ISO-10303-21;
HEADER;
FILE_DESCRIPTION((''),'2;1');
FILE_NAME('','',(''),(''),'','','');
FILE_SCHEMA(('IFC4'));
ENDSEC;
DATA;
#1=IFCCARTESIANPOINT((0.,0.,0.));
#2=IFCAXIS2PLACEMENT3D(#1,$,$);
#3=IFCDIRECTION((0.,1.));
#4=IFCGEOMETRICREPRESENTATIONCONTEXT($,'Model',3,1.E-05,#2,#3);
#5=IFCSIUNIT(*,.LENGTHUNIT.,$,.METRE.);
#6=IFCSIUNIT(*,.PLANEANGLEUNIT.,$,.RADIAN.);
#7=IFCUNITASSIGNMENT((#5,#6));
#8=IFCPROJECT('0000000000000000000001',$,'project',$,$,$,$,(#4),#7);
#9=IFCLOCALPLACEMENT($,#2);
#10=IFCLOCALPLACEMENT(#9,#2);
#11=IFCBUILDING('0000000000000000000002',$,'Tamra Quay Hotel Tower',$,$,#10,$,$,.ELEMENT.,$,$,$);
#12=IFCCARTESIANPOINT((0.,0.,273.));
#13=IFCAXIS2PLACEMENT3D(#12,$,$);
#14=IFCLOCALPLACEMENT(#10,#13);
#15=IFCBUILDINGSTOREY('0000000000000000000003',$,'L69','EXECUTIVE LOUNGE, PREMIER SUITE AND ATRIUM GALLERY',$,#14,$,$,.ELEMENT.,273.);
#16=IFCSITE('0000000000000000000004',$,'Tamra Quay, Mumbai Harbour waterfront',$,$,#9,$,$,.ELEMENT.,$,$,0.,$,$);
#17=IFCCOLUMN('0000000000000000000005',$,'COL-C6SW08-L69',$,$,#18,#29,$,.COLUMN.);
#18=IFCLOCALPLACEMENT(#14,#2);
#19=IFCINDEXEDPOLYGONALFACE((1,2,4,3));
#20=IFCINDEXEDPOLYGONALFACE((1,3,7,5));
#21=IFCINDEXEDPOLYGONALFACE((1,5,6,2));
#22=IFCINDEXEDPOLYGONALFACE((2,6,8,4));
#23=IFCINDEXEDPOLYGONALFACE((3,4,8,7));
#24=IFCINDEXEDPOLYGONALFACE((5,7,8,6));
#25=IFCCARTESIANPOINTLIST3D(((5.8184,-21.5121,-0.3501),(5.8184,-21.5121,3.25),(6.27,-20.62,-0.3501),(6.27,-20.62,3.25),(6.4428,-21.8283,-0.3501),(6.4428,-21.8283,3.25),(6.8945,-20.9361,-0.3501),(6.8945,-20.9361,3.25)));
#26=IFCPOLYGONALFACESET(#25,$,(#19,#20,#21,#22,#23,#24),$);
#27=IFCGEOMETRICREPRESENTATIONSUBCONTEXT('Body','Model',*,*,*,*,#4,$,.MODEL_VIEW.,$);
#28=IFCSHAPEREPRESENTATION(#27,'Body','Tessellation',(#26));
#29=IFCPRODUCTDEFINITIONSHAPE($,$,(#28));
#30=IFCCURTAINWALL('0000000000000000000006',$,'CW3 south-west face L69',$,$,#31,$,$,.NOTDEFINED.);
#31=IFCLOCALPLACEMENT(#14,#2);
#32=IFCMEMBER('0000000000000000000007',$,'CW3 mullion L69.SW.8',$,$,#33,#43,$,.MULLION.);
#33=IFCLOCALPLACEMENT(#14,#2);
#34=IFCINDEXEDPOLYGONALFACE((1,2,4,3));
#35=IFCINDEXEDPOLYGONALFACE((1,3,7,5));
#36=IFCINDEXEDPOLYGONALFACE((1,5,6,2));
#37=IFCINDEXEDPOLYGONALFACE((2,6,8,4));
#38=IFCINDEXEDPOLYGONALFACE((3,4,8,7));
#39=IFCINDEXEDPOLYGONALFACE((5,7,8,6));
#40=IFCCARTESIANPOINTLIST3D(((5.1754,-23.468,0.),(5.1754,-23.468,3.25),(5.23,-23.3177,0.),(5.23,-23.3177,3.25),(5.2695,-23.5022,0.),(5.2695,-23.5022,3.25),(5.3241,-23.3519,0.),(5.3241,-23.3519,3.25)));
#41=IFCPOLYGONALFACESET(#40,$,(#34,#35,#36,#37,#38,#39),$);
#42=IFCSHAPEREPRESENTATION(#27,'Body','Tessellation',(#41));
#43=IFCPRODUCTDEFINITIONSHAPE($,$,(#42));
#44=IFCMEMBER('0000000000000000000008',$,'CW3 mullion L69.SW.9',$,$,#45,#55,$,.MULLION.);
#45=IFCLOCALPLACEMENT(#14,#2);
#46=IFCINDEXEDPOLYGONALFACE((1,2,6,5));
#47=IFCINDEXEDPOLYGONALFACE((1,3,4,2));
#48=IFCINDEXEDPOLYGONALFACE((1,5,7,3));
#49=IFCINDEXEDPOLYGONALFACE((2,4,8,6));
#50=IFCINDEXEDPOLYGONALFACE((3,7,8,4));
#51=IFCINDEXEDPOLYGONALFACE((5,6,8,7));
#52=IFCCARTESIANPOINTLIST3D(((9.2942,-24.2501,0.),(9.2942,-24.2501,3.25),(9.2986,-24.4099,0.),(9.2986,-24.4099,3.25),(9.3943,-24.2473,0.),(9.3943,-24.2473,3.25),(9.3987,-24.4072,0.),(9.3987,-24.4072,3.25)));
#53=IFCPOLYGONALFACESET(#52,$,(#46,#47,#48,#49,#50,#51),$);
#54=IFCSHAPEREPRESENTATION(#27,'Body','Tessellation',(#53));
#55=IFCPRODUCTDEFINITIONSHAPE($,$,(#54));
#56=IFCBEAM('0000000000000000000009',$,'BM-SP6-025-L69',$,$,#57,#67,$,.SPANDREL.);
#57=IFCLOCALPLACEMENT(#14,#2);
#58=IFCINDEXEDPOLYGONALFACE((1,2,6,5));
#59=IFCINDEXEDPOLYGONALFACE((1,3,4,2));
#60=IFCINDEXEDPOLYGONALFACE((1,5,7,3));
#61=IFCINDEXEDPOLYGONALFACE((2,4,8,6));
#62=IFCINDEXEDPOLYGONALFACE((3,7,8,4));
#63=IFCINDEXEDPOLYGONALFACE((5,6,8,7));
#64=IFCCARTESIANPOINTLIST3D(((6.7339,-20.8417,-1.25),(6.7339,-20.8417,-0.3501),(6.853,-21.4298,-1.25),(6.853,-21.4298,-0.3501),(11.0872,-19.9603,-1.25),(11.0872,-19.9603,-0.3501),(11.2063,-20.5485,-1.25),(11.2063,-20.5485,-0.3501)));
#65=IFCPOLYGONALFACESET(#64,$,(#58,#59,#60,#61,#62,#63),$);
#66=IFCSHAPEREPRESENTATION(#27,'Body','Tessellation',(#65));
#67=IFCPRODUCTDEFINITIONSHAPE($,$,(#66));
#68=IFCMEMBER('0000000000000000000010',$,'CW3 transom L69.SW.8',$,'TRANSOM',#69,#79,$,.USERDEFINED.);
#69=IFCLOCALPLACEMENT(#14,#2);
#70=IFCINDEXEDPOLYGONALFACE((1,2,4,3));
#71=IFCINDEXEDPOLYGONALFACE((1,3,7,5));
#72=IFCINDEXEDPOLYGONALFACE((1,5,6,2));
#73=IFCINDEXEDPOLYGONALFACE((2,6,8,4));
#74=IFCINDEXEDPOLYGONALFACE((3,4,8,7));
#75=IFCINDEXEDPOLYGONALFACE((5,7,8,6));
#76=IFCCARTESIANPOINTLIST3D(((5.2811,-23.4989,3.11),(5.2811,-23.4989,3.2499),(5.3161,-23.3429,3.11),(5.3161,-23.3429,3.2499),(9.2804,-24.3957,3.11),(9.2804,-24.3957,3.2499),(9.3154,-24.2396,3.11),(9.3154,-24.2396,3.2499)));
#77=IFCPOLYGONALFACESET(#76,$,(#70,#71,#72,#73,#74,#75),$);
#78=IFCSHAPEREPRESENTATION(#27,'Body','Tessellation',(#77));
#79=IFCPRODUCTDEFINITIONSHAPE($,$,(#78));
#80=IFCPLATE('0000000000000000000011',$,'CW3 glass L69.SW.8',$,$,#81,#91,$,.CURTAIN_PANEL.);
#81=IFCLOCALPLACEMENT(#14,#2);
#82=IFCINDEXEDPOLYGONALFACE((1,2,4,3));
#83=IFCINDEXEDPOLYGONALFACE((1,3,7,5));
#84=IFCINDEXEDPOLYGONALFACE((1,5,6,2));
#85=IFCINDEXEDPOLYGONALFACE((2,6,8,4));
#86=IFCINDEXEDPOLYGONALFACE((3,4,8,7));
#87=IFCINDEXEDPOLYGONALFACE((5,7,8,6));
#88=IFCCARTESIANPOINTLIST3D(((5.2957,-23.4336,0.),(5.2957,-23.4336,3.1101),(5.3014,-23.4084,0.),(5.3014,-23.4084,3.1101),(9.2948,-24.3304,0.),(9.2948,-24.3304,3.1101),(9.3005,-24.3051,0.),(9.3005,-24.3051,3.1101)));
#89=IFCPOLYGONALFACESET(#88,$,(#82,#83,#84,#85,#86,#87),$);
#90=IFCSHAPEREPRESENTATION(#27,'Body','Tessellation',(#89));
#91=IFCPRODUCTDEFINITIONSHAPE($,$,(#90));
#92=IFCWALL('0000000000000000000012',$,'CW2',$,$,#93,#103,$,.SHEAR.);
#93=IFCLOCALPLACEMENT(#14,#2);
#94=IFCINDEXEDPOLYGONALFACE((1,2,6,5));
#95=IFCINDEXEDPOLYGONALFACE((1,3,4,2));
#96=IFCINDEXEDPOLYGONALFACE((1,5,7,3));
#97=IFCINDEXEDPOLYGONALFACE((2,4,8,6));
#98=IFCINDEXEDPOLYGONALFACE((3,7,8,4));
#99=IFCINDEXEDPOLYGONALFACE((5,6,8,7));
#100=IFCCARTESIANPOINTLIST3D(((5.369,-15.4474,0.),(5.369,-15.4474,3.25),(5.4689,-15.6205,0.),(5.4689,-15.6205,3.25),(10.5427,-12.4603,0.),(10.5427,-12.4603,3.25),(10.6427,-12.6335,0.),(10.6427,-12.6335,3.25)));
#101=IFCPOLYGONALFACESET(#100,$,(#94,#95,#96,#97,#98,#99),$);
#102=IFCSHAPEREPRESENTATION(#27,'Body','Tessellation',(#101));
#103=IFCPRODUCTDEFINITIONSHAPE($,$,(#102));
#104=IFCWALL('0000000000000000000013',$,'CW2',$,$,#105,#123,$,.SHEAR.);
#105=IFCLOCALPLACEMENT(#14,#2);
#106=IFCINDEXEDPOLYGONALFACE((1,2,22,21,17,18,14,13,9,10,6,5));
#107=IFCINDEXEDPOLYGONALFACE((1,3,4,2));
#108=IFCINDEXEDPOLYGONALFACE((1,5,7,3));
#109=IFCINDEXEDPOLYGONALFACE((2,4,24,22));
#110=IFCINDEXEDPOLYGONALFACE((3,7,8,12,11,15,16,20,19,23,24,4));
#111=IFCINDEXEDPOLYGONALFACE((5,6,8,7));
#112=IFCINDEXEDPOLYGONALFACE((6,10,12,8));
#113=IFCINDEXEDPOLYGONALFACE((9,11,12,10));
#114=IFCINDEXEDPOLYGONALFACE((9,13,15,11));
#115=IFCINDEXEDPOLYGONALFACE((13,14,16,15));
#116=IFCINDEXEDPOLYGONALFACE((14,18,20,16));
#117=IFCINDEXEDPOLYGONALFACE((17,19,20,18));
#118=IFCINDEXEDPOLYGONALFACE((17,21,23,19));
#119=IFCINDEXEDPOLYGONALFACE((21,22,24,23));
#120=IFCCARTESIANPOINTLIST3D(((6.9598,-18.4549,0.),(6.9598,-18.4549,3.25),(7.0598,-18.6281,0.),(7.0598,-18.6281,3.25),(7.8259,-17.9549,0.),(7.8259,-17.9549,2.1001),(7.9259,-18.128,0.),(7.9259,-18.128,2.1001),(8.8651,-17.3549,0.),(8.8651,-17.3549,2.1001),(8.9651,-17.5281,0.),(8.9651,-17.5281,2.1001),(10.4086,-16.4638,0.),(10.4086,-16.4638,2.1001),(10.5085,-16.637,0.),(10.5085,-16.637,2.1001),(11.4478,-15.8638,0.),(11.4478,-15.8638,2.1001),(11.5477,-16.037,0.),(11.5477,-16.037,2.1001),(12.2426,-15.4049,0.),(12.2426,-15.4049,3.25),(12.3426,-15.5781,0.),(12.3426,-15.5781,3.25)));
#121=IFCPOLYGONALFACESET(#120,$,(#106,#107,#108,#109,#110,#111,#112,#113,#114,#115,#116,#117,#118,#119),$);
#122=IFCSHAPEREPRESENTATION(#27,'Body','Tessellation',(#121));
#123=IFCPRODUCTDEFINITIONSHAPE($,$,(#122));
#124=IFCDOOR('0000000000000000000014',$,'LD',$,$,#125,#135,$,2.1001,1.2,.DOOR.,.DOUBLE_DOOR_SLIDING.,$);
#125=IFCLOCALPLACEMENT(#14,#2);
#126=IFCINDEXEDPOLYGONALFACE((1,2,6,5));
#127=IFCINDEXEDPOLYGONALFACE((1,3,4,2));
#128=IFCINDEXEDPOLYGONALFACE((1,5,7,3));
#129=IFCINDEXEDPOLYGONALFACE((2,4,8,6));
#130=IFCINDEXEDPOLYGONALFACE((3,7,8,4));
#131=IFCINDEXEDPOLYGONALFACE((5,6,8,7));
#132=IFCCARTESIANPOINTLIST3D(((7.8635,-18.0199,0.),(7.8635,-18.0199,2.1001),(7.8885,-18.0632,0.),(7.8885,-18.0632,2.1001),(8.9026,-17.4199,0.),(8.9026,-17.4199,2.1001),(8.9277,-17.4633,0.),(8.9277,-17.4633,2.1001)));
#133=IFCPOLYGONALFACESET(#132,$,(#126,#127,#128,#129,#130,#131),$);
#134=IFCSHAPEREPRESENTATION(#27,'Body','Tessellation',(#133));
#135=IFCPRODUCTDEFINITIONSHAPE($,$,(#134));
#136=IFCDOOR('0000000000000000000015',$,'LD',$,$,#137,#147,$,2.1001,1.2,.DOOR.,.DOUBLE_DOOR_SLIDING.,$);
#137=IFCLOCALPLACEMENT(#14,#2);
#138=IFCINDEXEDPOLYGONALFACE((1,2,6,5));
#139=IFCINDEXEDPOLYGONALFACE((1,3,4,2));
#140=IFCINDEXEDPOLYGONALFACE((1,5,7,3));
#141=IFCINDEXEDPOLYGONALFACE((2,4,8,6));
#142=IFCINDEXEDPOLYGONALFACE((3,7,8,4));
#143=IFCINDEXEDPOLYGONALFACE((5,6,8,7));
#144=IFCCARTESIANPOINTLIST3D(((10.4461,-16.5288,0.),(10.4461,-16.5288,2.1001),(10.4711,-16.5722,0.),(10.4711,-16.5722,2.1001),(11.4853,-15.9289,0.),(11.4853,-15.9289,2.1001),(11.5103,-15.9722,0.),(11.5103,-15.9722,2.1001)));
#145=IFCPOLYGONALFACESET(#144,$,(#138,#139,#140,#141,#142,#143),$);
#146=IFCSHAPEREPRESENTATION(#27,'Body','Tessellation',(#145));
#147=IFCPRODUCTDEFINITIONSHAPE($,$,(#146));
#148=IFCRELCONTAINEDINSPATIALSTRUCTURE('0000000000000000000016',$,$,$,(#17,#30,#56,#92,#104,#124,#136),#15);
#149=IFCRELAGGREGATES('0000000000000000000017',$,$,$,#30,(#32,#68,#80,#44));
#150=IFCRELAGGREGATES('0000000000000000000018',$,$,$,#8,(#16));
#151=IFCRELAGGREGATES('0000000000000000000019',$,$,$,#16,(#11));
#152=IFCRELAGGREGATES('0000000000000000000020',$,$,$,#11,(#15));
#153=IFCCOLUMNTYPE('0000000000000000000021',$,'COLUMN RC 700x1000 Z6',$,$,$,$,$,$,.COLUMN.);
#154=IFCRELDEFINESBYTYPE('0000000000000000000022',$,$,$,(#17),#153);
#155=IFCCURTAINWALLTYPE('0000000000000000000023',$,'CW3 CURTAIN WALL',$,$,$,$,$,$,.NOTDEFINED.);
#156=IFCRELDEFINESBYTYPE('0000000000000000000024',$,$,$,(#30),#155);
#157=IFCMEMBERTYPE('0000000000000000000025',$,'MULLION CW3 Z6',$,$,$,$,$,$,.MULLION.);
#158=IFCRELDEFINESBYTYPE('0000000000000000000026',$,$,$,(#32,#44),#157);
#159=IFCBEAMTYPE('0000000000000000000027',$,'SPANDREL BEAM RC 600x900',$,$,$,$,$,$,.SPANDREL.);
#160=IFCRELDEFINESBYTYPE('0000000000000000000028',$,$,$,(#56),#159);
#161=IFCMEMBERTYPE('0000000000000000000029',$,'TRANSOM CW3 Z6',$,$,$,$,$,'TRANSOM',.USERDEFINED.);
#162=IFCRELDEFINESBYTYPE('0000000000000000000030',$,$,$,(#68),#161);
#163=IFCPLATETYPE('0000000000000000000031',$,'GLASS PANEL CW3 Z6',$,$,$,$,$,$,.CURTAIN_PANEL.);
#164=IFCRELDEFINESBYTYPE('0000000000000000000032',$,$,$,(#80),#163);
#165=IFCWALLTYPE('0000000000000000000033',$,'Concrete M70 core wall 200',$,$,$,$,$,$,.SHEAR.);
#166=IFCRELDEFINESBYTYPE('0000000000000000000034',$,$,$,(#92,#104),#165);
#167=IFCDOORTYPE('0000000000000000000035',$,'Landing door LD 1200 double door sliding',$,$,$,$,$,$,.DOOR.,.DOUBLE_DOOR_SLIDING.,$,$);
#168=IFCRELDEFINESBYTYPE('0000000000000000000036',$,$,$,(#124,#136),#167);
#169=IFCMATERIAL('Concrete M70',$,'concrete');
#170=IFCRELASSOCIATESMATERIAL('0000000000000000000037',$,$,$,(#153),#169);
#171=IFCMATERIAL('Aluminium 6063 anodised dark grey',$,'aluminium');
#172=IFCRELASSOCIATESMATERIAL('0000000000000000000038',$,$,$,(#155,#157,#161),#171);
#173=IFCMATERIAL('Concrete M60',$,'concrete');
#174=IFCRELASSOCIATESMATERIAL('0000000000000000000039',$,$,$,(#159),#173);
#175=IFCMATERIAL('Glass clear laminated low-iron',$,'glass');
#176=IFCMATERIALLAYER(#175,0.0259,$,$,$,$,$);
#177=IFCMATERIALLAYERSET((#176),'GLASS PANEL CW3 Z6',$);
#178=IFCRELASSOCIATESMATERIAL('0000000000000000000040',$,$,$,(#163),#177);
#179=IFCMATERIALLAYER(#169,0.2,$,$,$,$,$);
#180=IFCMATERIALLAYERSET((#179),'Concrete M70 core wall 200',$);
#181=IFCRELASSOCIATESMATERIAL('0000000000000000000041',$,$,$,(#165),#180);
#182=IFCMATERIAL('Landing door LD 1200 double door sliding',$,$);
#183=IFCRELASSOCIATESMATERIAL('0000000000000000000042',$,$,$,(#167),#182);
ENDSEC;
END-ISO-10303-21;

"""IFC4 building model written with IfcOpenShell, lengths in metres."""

from ifc_helpers import new_model, si_unit, direction, frame, frame_2d, origin, origin_2d, place, context, subcontext, project, spatial, rectangle, extrude, material, layer, layer_set, material_profile, profile_set, type_object, element, fill, aggregate, save


model = new_model("IFC4")

# Units and contexts
model_context = context("Model", 3, precision=1e-05, world=origin(), true_north=direction((0.0, 1.0)))
body_context = subcontext(model_context, "Body", "Model", "MODEL_VIEW")
ifc_project = project(units=[si_unit("LENGTHUNIT", "METRE"), si_unit("PLANEANGLEUNIT", "RADIAN")], contexts=[model_context])

# Site, building, storey
site_placement = place(None, origin())
site = spatial("IfcSite", under=ifc_project, at=site_placement, Name="Tamra Quay, Mumbai Harbour waterfront", CompositionType="ELEMENT", RefElevation=0.0)
building_placement = place(site_placement, origin())
building = spatial("IfcBuilding", under=site, at=building_placement, Name="Tamra Quay Hotel Tower", CompositionType="ELEMENT")
storey_placement = place(building_placement, frame((0.0, 0.0, 273.0)))
storey = spatial("IfcBuildingStorey", under=building, at=storey_placement, Name="L69", Description="EXECUTIVE LOUNGE, PREMIER SUITE AND ATRIUM GALLERY", CompositionType="ELEMENT", Elevation=273.0)

# Column
ifc_material_1 = material(Name="Concrete M70", Category="concrete")
ifc_material_profile_1 = material_profile(ifc_material_1, rectangle(XDim=1.0, YDim=0.7, at=origin_2d()), Name="COLUMN RC 700x1000 Z6")
ifc_profile_set_1 = profile_set([ifc_material_profile_1], Name="Concrete M70")
column_type = type_object("IfcColumnType", Name="COLUMN RC 700x1000 Z6", PredefinedType="COLUMN", material=ifc_profile_set_1)
column_placement = place(storey_placement, frame((6.3564, -21.2241, -0.3501), z_axis=(0.0, 0.0, 1.0), x_axis=(0.451686, 0.892177, 0.0)))
element("IfcColumn", 1, at=column_placement, inside=storey, type_object=column_type, Name="COL-C6SW08-L69", PredefinedType="COLUMN", context=body_context, shape_type="SweptSolid", body=[
    extrude(rectangle(XDim=1.0, YDim=0.7, at=origin_2d()), origin(), (0.0, 0.0, 1.0), 3.6001),
])

# Curtain wall, members
ifc_material_2 = material(Name="Aluminium 6063 anodised dark grey", Category="aluminium")
curtain_wall_type = type_object("IfcCurtainWallType", Name="CW3 CURTAIN WALL", PredefinedType="NOTDEFINED", material=ifc_material_2)
curtain_wall_placement = place(storey_placement, origin())
curtain_wall = element("IfcCurtainWall", 2, at=curtain_wall_placement, inside=storey, type_object=curtain_wall_type, Name="CW3 south-west face L69", PredefinedType="NOTDEFINED")
ifc_material_profile_2 = material_profile(ifc_material_2, rectangle(XDim=0.1599, YDim=0.1001, at=origin_2d()), Name="MULLION 100X160")
ifc_profile_set_2 = profile_set([ifc_material_profile_2], Name="Aluminium 6063 anodised dark grey")
member_type_1 = type_object("IfcMemberType", Name="MULLION CW3 Z6", PredefinedType="MULLION", material=ifc_profile_set_2)
member_1_placement = place(storey_placement, frame((5.2498, -23.4099, 0.0), z_axis=(0.0, 0.0, 1.0), x_axis=(-0.341653, -0.939826, 0.0)))
member_1 = element("IfcMember", 3, at=member_1_placement, type_object=member_type_1, Name="CW3 mullion L69.SW.8", PredefinedType="MULLION", context=body_context, shape_type="SweptSolid", body=[
    extrude(rectangle(XDim=0.1599, YDim=0.1001, at=origin_2d()), origin(), (0.0, 0.0, 1.0), 3.25),
])
member_2_placement = place(storey_placement, frame((9.3464, -24.3286, 0.0), z_axis=(0.0, 0.0, 1.0), x_axis=(0.027469, -0.999623, 0.0)))
member_2 = element("IfcMember", 4, at=member_2_placement, type_object=member_type_1, Name="CW3 mullion L69.SW.9", PredefinedType="MULLION", context=body_context, shape_type="SweptSolid", body=[
    extrude(rectangle(XDim=0.1599, YDim=0.1001, at=origin_2d()), origin(), (0.0, 0.0, 1.0), 3.25),
])

# Beam
ifc_material_3 = material(Name="Concrete M60", Category="concrete")
ifc_material_profile_3 = material_profile(ifc_material_3, rectangle(XDim=0.6001, YDim=0.8999, at=origin_2d()), Name="SPANDREL BEAM RC 600x900")
ifc_profile_set_3 = profile_set([ifc_material_profile_3], Name="Concrete M60")
beam_type = type_object("IfcBeamType", Name="SPANDREL BEAM RC 600x900", PredefinedType="SPANDREL", material=ifc_profile_set_3)
beam_placement = place(storey_placement, frame((6.7935, -21.1357, -0.8), z_axis=(0.980115, 0.198431, 0.0), x_axis=(-0.198431, 0.980115, 0.0)))
element("IfcBeam", 5, at=beam_placement, inside=storey, type_object=beam_type, Name="BM-SP6-025-L69", PredefinedType="SPANDREL", context=body_context, shape_type="SweptSolid", body=[
    extrude(rectangle(XDim=0.6001, YDim=0.8999, at=origin_2d()), origin(), (0.0, 0.0, 1.0), 4.4417),
])

# Member
ifc_material_profile_4 = material_profile(ifc_material_2, rectangle(XDim=0.1599, YDim=0.1399, at=origin_2d()), Name="TRANSOM 160X140")
ifc_profile_set_4 = profile_set([ifc_material_profile_4], Name="Aluminium 6063 anodised dark grey")
member_type_2 = type_object("IfcMemberType", Name="TRANSOM CW3 Z6", ElementType="TRANSOM", PredefinedType="USERDEFINED", material=ifc_profile_set_4)
member_3_placement = place(storey_placement, frame((5.2986, -23.4209, 3.1799), z_axis=(0.975772, -0.218791, 0.0), x_axis=(0.218791, 0.975772, 0.0)))
member_3 = element("IfcMember", 6, at=member_3_placement, type_object=member_type_2, Name="CW3 transom L69.SW.8", ObjectType="TRANSOM", PredefinedType="USERDEFINED", context=body_context, shape_type="SweptSolid", body=[
    extrude(rectangle(XDim=0.1599, YDim=0.1399, at=origin_2d()), origin(), (0.0, 0.0, 1.0), 4.0986),
])

# Plate
ifc_material_4 = material(Name="Glass clear laminated low-iron", Category="glass")
ifc_layer_1 = layer(ifc_material_4, 0.0259)
ifc_layer_set_1 = layer_set([ifc_layer_1], Name="GLASS PANEL CW3 Z6")
plate_type = type_object("IfcPlateType", Name="GLASS PANEL CW3 Z6", PredefinedType="CURTAIN_PANEL", material=ifc_layer_set_1)
plate_placement = place(storey_placement, frame((7.2981, -23.8694, 0.0), z_axis=(0.0, 0.0, 1.0), x_axis=(0.975768, -0.218806, 0.0)))
plate = element("IfcPlate", 7, at=plate_placement, type_object=plate_type, Name="CW3 glass L69.SW.8", PredefinedType="CURTAIN_PANEL", context=body_context, shape_type="SweptSolid", body=[
    extrude(rectangle(XDim=4.0984, YDim=0.0259, at=origin_2d()), origin(), (0.0, 0.0, 1.0), 3.1101),
])
aggregate(curtain_wall, [member_1, member_3, plate, member_2])

# Wall
ifc_layer_2 = layer(ifc_material_1, 0.2)
ifc_layer_set_2 = layer_set([ifc_layer_2], Name="Concrete M70 core wall 200")
wall_type_1 = type_object("IfcWallType", Name="Concrete M70 core wall 200", PredefinedType="SHEAR", material=ifc_layer_set_2)
wall_1_placement = place(storey_placement, frame((5.4189, -15.5339, 0.0), z_axis=(0.0, 0.0, 1.0), x_axis=(0.866029, 0.499994, 0.0)))
element("IfcWall", 8, at=wall_1_placement, inside=storey, type_object=wall_type_1, Name="CW2", PredefinedType="SHEAR", context=body_context, shape_type="SweptSolid", body=[
    extrude(rectangle(XDim=5.9741, YDim=0.2, at=frame_2d((2.9871, 0.0))), origin(), (0.0, 0.0, 1.0), 3.25),
])

# Wall, openings, doors
wall_2_placement = place(storey_placement, frame((7.0098, -18.5415, 0.0), z_axis=(0.0, 0.0, 1.0), x_axis=(0.86603, 0.499992, 0.0)))
wall_2 = element("IfcWall", 9, at=wall_2_placement, inside=storey, type_object=wall_type_1, Name="CW2", PredefinedType="SHEAR", context=body_context, shape_type="SweptSolid", body=[
    extrude(rectangle(XDim=6.1001, YDim=0.2, at=frame_2d((3.05, 0.0))), origin(), (0.0, 0.0, 1.0), 3.25),
])
opening_1_placement = place(wall_2_placement, frame((1.0, 0.0, 0.0)))
opening_1 = element("IfcOpeningElement", 10, at=opening_1_placement, cuts=wall_2, PredefinedType="OPENING", context=body_context, shape_type="SweptSolid", body=[
    extrude(rectangle(XDim=1.2, YDim=2.1001, at=frame_2d((0.6001, 1.05))), frame((0.0, 0.1099, 0.0), z_axis=(0.0, -1.0, 0.0), x_axis=(1.0, 0.0, 0.0)), (0.0, 0.0, 1.0), 0.22),
])
opening_2_placement = place(wall_2_placement, frame((3.9822, 0.0, 0.0)))
opening_2 = element("IfcOpeningElement", 11, at=opening_2_placement, cuts=wall_2, PredefinedType="OPENING", context=body_context, shape_type="SweptSolid", body=[
    extrude(rectangle(XDim=1.2, YDim=2.1001, at=frame_2d((0.6001, 1.05))), frame((0.0, 0.1099, 0.0), z_axis=(0.0, -1.0, 0.0), x_axis=(1.0, 0.0, 0.0)), (0.0, 0.0, 1.0), 0.22),
])
ifc_material_5 = material(Name="Landing door LD 1200 double door sliding")
door_type_1 = type_object("IfcDoorType", Name="Landing door LD 1200 double door sliding", OperationType="DOUBLE_DOOR_SLIDING", PredefinedType="DOOR", material=ifc_material_5)
door_1_placement = place(opening_1_placement, origin())
door_1 = element("IfcDoor", 12, at=door_1_placement, inside=storey, type_object=door_type_1, Name="LD", OperationType="DOUBLE_DOOR_SLIDING", OverallHeight=2.1001, OverallWidth=1.2, PredefinedType="DOOR", context=body_context, shape_type="SweptSolid", body=[
    extrude(rectangle(XDim=1.2, YDim=2.1001, at=frame_2d((0.6001, 1.05))), frame((0.0, 0.0249, 0.0), z_axis=(0.0, -1.0, 0.0), x_axis=(1.0, 0.0, 0.0)), (0.0, 0.0, 1.0), 0.05),
])
fill(opening_1, door_1)
door_2_placement = place(opening_2_placement, origin())
door_2 = element("IfcDoor", 13, at=door_2_placement, inside=storey, type_object=door_type_1, Name="LD", OperationType="DOUBLE_DOOR_SLIDING", OverallHeight=2.1001, OverallWidth=1.2, PredefinedType="DOOR", context=body_context, shape_type="SweptSolid", body=[
    extrude(rectangle(XDim=1.2, YDim=2.1001, at=frame_2d((0.6001, 1.05))), frame((0.0, 0.0249, 0.0), z_axis=(0.0, -1.0, 0.0), x_axis=(1.0, 0.0, 0.0)), (0.0, 0.0, 1.0), 0.05),
])
fill(opening_2, door_2)

save(model, "model.ifc")
